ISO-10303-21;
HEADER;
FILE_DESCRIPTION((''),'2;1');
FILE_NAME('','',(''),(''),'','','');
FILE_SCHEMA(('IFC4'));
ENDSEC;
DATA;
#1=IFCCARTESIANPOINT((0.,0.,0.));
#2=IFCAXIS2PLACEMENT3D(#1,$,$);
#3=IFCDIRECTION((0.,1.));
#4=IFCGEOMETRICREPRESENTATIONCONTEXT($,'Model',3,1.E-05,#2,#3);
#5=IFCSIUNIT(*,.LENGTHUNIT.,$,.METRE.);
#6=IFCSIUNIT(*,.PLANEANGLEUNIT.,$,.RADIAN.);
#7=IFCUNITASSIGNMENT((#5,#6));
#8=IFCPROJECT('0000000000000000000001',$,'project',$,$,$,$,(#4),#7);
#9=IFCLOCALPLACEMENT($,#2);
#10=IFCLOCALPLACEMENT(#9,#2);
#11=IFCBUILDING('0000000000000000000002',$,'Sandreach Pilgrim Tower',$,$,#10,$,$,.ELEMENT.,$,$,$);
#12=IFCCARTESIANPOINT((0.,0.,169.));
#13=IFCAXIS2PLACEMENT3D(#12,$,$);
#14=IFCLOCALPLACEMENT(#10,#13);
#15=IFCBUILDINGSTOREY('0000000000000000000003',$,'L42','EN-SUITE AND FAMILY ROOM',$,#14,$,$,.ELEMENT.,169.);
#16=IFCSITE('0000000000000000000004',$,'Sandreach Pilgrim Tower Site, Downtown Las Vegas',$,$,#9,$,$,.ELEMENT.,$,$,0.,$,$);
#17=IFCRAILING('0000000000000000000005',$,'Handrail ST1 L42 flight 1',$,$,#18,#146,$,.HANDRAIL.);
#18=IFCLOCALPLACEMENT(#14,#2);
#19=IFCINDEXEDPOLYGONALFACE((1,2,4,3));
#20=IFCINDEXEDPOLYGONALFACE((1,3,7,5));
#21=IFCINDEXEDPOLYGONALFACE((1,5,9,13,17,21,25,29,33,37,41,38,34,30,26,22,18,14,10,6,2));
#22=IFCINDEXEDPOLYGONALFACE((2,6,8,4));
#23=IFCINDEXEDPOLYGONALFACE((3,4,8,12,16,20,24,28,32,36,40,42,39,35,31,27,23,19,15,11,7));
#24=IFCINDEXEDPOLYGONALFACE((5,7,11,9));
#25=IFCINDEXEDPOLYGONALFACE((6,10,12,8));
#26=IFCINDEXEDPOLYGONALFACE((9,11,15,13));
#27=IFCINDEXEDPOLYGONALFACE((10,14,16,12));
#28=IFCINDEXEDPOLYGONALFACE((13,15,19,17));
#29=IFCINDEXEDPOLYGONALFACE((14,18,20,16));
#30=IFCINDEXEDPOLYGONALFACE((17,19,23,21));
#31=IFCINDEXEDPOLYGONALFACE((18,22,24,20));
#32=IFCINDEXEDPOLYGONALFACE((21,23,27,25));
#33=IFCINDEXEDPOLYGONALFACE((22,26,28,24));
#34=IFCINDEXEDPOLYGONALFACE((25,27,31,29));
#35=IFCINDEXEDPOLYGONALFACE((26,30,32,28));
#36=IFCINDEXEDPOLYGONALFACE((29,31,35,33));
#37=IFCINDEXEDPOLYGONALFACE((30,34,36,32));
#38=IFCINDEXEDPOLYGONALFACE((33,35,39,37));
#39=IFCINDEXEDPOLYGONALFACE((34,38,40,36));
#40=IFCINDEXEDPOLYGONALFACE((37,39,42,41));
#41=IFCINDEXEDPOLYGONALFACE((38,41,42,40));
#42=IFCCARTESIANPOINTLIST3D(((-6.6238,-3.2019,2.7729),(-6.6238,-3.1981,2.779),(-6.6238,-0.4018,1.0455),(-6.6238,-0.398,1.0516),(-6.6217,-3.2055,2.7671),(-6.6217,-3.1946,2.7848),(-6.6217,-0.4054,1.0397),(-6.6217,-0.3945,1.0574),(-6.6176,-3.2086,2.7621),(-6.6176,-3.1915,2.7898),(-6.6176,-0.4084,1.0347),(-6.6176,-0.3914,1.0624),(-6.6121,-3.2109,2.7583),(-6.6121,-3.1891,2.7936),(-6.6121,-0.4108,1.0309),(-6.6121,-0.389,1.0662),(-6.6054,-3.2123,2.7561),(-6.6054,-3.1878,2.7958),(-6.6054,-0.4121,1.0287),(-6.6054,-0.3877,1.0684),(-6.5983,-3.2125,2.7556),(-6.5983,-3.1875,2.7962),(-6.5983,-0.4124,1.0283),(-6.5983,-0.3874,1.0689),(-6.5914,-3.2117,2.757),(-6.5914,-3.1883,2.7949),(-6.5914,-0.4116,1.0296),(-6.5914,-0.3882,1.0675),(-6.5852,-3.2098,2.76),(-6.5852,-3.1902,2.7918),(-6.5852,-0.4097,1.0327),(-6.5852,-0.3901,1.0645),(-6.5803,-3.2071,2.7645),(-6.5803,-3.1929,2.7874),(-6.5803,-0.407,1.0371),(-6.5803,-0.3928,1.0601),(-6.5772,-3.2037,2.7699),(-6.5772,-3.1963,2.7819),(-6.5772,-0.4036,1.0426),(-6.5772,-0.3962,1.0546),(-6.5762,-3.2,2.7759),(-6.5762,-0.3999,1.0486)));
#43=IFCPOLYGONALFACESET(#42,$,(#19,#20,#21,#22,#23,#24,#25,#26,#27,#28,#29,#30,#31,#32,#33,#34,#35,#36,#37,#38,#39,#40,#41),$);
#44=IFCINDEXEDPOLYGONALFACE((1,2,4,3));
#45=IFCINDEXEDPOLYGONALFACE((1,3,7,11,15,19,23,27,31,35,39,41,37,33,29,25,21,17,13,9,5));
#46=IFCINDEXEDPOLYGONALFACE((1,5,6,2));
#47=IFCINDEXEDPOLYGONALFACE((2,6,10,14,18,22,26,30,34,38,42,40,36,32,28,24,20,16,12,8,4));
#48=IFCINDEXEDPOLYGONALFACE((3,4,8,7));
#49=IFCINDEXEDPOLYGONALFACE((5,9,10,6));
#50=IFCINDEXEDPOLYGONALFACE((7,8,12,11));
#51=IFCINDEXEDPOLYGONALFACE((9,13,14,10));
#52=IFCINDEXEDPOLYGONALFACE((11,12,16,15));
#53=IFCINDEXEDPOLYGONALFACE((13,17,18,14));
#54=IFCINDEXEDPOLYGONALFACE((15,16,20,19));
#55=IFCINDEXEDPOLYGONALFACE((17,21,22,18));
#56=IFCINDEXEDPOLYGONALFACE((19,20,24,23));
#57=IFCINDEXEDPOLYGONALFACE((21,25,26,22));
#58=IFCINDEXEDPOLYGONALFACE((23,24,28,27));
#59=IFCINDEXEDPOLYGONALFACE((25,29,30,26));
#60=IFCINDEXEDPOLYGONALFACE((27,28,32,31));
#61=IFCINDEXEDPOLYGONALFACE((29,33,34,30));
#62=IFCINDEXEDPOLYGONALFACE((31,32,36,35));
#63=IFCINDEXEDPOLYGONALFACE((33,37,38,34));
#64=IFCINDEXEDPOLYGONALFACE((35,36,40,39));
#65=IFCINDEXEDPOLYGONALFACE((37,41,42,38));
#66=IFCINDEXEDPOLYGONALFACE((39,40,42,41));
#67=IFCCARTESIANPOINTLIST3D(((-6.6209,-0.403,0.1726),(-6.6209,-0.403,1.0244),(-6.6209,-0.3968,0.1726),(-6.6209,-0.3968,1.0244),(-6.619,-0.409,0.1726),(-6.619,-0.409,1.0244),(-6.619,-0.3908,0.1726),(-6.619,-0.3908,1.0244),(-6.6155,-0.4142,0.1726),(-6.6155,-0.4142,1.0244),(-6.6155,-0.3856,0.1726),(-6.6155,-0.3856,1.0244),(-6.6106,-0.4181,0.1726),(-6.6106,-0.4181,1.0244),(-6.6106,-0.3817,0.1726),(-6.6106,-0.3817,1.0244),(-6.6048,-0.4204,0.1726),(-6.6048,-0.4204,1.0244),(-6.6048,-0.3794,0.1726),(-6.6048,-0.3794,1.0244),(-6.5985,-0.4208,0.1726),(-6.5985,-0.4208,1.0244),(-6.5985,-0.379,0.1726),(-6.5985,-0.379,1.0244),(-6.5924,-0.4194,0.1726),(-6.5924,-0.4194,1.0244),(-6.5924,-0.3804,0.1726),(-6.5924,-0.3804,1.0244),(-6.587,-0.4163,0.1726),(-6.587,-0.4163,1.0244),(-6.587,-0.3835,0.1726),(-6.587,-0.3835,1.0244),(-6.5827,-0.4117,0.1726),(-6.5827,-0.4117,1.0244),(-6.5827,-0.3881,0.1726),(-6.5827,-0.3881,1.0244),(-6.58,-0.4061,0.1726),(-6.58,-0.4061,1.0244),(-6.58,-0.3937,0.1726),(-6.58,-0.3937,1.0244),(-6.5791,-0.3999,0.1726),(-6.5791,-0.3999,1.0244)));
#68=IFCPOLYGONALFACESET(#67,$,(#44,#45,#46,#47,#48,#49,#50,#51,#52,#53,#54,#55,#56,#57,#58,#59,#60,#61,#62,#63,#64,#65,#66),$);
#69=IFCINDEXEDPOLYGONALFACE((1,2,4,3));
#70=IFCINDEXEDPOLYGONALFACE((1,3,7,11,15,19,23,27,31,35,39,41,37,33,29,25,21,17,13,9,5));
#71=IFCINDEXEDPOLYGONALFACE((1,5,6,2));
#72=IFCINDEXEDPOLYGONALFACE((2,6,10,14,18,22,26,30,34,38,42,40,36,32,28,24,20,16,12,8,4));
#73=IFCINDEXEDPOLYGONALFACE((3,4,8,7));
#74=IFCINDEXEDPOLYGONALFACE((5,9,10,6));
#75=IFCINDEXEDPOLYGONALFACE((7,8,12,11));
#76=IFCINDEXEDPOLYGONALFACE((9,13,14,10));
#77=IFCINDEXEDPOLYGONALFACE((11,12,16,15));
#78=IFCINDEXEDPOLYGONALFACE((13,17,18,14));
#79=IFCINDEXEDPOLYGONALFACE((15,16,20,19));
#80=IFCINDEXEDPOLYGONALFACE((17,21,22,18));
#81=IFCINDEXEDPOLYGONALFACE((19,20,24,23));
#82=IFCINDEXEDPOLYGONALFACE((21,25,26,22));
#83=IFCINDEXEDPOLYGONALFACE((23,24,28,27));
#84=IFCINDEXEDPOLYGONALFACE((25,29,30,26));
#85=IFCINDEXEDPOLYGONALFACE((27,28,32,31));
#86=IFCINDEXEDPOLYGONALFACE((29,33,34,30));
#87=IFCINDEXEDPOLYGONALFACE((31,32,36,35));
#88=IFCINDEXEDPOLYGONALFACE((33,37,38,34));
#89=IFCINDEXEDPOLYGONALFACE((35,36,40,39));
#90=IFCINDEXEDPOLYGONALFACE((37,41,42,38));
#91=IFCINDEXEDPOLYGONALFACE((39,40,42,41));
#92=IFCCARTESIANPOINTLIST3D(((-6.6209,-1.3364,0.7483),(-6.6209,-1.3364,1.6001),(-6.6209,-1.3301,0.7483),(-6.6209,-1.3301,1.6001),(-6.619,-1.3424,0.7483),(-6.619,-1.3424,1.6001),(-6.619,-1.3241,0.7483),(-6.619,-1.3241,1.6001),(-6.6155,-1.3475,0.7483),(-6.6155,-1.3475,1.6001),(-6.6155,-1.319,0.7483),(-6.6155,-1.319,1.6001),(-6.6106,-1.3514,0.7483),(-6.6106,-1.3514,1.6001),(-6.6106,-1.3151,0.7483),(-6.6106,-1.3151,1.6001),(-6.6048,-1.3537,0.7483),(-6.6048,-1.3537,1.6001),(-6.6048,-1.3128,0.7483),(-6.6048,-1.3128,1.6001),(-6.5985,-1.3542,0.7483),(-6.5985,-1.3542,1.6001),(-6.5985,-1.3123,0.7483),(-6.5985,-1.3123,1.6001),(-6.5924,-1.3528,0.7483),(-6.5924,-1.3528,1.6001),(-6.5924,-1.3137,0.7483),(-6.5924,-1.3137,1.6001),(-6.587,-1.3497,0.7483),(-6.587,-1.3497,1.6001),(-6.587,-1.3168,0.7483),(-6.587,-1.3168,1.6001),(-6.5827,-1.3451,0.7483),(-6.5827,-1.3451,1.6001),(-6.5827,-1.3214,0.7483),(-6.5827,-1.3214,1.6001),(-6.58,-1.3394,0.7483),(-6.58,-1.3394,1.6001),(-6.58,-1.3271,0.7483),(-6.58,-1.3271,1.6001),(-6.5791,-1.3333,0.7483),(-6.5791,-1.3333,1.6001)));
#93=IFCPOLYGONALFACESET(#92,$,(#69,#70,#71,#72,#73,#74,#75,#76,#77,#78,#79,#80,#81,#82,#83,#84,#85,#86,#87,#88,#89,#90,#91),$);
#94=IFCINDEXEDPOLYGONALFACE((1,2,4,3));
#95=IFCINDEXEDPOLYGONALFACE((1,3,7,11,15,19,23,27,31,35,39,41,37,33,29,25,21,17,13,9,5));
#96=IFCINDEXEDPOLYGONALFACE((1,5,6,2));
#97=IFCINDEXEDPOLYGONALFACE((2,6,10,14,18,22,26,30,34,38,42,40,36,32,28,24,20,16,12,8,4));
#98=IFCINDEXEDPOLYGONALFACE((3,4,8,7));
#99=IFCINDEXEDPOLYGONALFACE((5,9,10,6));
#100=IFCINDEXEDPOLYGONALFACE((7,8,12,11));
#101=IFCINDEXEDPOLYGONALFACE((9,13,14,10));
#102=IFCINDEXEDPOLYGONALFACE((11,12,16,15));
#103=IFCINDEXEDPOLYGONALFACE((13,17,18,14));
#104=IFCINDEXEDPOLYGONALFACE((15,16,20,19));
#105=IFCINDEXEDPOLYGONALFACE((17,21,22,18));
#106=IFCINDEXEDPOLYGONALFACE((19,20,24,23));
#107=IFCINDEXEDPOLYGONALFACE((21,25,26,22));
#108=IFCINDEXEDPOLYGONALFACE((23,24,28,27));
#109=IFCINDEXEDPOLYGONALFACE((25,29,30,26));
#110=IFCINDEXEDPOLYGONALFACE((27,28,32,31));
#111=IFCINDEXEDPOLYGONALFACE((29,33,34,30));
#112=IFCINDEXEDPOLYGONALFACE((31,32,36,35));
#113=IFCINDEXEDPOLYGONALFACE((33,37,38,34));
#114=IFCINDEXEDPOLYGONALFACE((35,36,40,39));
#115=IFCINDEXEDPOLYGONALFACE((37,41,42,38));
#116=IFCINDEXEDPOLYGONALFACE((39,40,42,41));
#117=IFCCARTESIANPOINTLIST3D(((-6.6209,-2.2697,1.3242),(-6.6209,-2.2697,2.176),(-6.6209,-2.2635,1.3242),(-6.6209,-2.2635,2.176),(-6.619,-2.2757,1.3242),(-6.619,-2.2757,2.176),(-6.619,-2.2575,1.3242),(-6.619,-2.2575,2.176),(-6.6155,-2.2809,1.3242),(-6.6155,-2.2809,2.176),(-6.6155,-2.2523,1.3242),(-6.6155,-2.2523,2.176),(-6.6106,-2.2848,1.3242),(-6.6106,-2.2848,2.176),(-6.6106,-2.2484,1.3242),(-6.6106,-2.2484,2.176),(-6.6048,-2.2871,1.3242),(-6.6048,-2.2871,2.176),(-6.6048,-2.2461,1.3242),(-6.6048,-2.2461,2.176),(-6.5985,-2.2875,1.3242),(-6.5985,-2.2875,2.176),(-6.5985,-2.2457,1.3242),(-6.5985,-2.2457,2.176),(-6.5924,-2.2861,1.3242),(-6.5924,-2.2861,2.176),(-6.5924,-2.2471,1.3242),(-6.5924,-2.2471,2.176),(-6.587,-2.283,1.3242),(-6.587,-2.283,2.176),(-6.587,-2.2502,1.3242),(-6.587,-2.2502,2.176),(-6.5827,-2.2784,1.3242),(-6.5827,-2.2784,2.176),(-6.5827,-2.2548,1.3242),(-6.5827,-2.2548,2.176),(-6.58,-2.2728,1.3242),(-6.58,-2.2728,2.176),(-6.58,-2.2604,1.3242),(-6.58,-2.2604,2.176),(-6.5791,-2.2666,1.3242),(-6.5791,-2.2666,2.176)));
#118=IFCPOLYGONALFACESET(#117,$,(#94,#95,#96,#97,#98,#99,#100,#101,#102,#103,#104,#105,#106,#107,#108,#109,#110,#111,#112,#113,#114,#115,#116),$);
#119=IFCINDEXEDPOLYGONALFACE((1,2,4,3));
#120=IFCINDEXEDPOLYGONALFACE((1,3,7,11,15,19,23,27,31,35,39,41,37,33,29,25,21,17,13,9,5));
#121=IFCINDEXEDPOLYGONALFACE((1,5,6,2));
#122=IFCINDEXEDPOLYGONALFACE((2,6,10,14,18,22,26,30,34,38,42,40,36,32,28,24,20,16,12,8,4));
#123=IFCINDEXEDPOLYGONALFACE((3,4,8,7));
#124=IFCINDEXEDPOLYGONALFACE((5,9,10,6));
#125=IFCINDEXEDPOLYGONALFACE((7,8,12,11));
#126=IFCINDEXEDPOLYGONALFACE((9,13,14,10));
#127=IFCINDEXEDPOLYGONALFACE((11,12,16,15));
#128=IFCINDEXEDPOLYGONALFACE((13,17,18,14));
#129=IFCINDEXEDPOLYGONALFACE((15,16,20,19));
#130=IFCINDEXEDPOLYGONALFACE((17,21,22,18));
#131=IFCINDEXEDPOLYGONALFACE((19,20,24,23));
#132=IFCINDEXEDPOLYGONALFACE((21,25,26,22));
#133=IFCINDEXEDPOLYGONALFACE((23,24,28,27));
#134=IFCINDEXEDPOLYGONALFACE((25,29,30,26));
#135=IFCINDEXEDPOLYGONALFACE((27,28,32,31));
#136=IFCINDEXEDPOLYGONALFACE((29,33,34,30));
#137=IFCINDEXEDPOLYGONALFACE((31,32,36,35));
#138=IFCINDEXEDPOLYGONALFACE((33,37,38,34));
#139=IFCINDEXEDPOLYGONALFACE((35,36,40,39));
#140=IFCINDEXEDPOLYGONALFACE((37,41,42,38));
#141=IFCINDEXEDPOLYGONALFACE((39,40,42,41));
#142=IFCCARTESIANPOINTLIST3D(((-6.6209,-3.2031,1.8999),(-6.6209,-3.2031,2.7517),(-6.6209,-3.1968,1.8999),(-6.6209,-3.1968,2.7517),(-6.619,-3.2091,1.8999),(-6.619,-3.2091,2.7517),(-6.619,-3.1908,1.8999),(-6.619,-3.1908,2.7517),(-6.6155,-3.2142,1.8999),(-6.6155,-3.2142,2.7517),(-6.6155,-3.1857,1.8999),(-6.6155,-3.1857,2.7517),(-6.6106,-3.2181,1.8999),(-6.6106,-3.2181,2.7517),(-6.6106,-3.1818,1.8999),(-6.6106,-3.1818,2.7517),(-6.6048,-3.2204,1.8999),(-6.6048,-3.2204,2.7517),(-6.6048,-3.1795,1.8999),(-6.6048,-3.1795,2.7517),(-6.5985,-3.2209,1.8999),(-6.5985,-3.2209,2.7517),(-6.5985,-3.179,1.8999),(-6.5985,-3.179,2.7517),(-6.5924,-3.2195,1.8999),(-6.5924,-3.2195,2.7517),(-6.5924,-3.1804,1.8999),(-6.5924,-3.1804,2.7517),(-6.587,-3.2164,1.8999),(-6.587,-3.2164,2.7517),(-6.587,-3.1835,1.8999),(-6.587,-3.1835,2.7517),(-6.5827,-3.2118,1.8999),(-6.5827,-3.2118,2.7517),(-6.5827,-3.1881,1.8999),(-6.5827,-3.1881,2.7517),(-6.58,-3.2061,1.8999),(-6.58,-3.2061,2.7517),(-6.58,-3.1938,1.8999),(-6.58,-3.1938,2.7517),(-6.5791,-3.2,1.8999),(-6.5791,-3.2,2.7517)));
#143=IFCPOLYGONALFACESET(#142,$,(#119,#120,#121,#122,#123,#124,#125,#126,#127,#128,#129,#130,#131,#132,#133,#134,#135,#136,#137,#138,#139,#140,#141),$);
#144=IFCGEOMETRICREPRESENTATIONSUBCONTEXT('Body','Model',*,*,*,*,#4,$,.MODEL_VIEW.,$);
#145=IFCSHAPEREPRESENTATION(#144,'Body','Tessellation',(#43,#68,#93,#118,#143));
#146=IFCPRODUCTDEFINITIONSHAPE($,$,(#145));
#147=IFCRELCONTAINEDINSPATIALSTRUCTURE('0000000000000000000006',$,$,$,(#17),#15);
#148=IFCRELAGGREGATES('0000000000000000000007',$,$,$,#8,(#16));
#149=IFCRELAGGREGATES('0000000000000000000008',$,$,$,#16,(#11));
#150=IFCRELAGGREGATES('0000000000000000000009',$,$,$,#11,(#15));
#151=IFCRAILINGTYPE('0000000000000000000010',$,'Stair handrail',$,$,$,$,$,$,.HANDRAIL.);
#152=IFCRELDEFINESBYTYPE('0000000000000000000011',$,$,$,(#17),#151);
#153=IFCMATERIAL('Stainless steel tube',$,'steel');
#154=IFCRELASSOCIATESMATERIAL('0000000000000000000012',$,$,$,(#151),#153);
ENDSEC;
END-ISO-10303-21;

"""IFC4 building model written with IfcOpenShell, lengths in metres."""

from ifc_helpers import new_model, si_unit, direction, frame, origin, origin_2d, place, context, subcontext, project, spatial, circle, extrude, material, type_object, element, save


model = new_model("IFC4")

# Units and contexts
model_context = context("Model", 3, precision=1e-05, world=origin(), true_north=direction((0.0, 1.0)))
body_context = subcontext(model_context, "Body", "Model", "MODEL_VIEW")
ifc_project = project(units=[si_unit("LENGTHUNIT", "METRE"), si_unit("PLANEANGLEUNIT", "RADIAN")], contexts=[model_context])

# Site, building, storey
site_placement = place(None, origin())
site = spatial("IfcSite", under=ifc_project, at=site_placement, Name="Sandreach Pilgrim Tower Site, Downtown Las Vegas", CompositionType="ELEMENT", RefElevation=0.0)
building_placement = place(site_placement, origin())
building = spatial("IfcBuilding", under=site, at=building_placement, Name="Sandreach Pilgrim Tower", CompositionType="ELEMENT")
storey_placement = place(building_placement, frame((0.0, 0.0, 169.0)))
storey = spatial("IfcBuildingStorey", under=building, at=storey_placement, Name="L42", Description="EN-SUITE AND FAMILY ROOM", CompositionType="ELEMENT", Elevation=169.0)

# Railing
ifc_material_1 = material(Name="Stainless steel tube", Category="steel")
railing_type = type_object("IfcRailingType", Name="Stair handrail", PredefinedType="HANDRAIL", material=ifc_material_1)
railing_placement = place(storey_placement, frame((-6.6001, -0.3999, 0.1726)))
element("IfcRailing", 1, at=railing_placement, inside=storey, type_object=railing_type, Name="Handrail ST1 L42 flight 1", PredefinedType="HANDRAIL", context=body_context, shape_type="SweptSolid", body=[
    extrude(circle(Radius=0.0239, at=origin_2d()), frame((0.0, 0.0, 0.876), z_axis=(0.0, -0.85109, 0.52502), x_axis=(1.0, 0.0, 0.0)), (0.0, 0.0, 1.0), 3.29),
    extrude(circle(Radius=0.021, at=origin_2d()), origin(), (0.0, 0.0, 1.0), 0.8518),
    extrude(circle(Radius=0.021, at=origin_2d()), frame((0.0, -0.9333, 0.5757)), (0.0, 0.0, 1.0), 0.8518),
    extrude(circle(Radius=0.021, at=origin_2d()), frame((0.0, -1.8667, 1.1516)), (0.0, 0.0, 1.0), 0.8518),
    extrude(circle(Radius=0.021, at=origin_2d()), frame((0.0, -2.8, 1.7273)), (0.0, 0.0, 1.0), 0.8518),
])

save(model, "model.ifc")
